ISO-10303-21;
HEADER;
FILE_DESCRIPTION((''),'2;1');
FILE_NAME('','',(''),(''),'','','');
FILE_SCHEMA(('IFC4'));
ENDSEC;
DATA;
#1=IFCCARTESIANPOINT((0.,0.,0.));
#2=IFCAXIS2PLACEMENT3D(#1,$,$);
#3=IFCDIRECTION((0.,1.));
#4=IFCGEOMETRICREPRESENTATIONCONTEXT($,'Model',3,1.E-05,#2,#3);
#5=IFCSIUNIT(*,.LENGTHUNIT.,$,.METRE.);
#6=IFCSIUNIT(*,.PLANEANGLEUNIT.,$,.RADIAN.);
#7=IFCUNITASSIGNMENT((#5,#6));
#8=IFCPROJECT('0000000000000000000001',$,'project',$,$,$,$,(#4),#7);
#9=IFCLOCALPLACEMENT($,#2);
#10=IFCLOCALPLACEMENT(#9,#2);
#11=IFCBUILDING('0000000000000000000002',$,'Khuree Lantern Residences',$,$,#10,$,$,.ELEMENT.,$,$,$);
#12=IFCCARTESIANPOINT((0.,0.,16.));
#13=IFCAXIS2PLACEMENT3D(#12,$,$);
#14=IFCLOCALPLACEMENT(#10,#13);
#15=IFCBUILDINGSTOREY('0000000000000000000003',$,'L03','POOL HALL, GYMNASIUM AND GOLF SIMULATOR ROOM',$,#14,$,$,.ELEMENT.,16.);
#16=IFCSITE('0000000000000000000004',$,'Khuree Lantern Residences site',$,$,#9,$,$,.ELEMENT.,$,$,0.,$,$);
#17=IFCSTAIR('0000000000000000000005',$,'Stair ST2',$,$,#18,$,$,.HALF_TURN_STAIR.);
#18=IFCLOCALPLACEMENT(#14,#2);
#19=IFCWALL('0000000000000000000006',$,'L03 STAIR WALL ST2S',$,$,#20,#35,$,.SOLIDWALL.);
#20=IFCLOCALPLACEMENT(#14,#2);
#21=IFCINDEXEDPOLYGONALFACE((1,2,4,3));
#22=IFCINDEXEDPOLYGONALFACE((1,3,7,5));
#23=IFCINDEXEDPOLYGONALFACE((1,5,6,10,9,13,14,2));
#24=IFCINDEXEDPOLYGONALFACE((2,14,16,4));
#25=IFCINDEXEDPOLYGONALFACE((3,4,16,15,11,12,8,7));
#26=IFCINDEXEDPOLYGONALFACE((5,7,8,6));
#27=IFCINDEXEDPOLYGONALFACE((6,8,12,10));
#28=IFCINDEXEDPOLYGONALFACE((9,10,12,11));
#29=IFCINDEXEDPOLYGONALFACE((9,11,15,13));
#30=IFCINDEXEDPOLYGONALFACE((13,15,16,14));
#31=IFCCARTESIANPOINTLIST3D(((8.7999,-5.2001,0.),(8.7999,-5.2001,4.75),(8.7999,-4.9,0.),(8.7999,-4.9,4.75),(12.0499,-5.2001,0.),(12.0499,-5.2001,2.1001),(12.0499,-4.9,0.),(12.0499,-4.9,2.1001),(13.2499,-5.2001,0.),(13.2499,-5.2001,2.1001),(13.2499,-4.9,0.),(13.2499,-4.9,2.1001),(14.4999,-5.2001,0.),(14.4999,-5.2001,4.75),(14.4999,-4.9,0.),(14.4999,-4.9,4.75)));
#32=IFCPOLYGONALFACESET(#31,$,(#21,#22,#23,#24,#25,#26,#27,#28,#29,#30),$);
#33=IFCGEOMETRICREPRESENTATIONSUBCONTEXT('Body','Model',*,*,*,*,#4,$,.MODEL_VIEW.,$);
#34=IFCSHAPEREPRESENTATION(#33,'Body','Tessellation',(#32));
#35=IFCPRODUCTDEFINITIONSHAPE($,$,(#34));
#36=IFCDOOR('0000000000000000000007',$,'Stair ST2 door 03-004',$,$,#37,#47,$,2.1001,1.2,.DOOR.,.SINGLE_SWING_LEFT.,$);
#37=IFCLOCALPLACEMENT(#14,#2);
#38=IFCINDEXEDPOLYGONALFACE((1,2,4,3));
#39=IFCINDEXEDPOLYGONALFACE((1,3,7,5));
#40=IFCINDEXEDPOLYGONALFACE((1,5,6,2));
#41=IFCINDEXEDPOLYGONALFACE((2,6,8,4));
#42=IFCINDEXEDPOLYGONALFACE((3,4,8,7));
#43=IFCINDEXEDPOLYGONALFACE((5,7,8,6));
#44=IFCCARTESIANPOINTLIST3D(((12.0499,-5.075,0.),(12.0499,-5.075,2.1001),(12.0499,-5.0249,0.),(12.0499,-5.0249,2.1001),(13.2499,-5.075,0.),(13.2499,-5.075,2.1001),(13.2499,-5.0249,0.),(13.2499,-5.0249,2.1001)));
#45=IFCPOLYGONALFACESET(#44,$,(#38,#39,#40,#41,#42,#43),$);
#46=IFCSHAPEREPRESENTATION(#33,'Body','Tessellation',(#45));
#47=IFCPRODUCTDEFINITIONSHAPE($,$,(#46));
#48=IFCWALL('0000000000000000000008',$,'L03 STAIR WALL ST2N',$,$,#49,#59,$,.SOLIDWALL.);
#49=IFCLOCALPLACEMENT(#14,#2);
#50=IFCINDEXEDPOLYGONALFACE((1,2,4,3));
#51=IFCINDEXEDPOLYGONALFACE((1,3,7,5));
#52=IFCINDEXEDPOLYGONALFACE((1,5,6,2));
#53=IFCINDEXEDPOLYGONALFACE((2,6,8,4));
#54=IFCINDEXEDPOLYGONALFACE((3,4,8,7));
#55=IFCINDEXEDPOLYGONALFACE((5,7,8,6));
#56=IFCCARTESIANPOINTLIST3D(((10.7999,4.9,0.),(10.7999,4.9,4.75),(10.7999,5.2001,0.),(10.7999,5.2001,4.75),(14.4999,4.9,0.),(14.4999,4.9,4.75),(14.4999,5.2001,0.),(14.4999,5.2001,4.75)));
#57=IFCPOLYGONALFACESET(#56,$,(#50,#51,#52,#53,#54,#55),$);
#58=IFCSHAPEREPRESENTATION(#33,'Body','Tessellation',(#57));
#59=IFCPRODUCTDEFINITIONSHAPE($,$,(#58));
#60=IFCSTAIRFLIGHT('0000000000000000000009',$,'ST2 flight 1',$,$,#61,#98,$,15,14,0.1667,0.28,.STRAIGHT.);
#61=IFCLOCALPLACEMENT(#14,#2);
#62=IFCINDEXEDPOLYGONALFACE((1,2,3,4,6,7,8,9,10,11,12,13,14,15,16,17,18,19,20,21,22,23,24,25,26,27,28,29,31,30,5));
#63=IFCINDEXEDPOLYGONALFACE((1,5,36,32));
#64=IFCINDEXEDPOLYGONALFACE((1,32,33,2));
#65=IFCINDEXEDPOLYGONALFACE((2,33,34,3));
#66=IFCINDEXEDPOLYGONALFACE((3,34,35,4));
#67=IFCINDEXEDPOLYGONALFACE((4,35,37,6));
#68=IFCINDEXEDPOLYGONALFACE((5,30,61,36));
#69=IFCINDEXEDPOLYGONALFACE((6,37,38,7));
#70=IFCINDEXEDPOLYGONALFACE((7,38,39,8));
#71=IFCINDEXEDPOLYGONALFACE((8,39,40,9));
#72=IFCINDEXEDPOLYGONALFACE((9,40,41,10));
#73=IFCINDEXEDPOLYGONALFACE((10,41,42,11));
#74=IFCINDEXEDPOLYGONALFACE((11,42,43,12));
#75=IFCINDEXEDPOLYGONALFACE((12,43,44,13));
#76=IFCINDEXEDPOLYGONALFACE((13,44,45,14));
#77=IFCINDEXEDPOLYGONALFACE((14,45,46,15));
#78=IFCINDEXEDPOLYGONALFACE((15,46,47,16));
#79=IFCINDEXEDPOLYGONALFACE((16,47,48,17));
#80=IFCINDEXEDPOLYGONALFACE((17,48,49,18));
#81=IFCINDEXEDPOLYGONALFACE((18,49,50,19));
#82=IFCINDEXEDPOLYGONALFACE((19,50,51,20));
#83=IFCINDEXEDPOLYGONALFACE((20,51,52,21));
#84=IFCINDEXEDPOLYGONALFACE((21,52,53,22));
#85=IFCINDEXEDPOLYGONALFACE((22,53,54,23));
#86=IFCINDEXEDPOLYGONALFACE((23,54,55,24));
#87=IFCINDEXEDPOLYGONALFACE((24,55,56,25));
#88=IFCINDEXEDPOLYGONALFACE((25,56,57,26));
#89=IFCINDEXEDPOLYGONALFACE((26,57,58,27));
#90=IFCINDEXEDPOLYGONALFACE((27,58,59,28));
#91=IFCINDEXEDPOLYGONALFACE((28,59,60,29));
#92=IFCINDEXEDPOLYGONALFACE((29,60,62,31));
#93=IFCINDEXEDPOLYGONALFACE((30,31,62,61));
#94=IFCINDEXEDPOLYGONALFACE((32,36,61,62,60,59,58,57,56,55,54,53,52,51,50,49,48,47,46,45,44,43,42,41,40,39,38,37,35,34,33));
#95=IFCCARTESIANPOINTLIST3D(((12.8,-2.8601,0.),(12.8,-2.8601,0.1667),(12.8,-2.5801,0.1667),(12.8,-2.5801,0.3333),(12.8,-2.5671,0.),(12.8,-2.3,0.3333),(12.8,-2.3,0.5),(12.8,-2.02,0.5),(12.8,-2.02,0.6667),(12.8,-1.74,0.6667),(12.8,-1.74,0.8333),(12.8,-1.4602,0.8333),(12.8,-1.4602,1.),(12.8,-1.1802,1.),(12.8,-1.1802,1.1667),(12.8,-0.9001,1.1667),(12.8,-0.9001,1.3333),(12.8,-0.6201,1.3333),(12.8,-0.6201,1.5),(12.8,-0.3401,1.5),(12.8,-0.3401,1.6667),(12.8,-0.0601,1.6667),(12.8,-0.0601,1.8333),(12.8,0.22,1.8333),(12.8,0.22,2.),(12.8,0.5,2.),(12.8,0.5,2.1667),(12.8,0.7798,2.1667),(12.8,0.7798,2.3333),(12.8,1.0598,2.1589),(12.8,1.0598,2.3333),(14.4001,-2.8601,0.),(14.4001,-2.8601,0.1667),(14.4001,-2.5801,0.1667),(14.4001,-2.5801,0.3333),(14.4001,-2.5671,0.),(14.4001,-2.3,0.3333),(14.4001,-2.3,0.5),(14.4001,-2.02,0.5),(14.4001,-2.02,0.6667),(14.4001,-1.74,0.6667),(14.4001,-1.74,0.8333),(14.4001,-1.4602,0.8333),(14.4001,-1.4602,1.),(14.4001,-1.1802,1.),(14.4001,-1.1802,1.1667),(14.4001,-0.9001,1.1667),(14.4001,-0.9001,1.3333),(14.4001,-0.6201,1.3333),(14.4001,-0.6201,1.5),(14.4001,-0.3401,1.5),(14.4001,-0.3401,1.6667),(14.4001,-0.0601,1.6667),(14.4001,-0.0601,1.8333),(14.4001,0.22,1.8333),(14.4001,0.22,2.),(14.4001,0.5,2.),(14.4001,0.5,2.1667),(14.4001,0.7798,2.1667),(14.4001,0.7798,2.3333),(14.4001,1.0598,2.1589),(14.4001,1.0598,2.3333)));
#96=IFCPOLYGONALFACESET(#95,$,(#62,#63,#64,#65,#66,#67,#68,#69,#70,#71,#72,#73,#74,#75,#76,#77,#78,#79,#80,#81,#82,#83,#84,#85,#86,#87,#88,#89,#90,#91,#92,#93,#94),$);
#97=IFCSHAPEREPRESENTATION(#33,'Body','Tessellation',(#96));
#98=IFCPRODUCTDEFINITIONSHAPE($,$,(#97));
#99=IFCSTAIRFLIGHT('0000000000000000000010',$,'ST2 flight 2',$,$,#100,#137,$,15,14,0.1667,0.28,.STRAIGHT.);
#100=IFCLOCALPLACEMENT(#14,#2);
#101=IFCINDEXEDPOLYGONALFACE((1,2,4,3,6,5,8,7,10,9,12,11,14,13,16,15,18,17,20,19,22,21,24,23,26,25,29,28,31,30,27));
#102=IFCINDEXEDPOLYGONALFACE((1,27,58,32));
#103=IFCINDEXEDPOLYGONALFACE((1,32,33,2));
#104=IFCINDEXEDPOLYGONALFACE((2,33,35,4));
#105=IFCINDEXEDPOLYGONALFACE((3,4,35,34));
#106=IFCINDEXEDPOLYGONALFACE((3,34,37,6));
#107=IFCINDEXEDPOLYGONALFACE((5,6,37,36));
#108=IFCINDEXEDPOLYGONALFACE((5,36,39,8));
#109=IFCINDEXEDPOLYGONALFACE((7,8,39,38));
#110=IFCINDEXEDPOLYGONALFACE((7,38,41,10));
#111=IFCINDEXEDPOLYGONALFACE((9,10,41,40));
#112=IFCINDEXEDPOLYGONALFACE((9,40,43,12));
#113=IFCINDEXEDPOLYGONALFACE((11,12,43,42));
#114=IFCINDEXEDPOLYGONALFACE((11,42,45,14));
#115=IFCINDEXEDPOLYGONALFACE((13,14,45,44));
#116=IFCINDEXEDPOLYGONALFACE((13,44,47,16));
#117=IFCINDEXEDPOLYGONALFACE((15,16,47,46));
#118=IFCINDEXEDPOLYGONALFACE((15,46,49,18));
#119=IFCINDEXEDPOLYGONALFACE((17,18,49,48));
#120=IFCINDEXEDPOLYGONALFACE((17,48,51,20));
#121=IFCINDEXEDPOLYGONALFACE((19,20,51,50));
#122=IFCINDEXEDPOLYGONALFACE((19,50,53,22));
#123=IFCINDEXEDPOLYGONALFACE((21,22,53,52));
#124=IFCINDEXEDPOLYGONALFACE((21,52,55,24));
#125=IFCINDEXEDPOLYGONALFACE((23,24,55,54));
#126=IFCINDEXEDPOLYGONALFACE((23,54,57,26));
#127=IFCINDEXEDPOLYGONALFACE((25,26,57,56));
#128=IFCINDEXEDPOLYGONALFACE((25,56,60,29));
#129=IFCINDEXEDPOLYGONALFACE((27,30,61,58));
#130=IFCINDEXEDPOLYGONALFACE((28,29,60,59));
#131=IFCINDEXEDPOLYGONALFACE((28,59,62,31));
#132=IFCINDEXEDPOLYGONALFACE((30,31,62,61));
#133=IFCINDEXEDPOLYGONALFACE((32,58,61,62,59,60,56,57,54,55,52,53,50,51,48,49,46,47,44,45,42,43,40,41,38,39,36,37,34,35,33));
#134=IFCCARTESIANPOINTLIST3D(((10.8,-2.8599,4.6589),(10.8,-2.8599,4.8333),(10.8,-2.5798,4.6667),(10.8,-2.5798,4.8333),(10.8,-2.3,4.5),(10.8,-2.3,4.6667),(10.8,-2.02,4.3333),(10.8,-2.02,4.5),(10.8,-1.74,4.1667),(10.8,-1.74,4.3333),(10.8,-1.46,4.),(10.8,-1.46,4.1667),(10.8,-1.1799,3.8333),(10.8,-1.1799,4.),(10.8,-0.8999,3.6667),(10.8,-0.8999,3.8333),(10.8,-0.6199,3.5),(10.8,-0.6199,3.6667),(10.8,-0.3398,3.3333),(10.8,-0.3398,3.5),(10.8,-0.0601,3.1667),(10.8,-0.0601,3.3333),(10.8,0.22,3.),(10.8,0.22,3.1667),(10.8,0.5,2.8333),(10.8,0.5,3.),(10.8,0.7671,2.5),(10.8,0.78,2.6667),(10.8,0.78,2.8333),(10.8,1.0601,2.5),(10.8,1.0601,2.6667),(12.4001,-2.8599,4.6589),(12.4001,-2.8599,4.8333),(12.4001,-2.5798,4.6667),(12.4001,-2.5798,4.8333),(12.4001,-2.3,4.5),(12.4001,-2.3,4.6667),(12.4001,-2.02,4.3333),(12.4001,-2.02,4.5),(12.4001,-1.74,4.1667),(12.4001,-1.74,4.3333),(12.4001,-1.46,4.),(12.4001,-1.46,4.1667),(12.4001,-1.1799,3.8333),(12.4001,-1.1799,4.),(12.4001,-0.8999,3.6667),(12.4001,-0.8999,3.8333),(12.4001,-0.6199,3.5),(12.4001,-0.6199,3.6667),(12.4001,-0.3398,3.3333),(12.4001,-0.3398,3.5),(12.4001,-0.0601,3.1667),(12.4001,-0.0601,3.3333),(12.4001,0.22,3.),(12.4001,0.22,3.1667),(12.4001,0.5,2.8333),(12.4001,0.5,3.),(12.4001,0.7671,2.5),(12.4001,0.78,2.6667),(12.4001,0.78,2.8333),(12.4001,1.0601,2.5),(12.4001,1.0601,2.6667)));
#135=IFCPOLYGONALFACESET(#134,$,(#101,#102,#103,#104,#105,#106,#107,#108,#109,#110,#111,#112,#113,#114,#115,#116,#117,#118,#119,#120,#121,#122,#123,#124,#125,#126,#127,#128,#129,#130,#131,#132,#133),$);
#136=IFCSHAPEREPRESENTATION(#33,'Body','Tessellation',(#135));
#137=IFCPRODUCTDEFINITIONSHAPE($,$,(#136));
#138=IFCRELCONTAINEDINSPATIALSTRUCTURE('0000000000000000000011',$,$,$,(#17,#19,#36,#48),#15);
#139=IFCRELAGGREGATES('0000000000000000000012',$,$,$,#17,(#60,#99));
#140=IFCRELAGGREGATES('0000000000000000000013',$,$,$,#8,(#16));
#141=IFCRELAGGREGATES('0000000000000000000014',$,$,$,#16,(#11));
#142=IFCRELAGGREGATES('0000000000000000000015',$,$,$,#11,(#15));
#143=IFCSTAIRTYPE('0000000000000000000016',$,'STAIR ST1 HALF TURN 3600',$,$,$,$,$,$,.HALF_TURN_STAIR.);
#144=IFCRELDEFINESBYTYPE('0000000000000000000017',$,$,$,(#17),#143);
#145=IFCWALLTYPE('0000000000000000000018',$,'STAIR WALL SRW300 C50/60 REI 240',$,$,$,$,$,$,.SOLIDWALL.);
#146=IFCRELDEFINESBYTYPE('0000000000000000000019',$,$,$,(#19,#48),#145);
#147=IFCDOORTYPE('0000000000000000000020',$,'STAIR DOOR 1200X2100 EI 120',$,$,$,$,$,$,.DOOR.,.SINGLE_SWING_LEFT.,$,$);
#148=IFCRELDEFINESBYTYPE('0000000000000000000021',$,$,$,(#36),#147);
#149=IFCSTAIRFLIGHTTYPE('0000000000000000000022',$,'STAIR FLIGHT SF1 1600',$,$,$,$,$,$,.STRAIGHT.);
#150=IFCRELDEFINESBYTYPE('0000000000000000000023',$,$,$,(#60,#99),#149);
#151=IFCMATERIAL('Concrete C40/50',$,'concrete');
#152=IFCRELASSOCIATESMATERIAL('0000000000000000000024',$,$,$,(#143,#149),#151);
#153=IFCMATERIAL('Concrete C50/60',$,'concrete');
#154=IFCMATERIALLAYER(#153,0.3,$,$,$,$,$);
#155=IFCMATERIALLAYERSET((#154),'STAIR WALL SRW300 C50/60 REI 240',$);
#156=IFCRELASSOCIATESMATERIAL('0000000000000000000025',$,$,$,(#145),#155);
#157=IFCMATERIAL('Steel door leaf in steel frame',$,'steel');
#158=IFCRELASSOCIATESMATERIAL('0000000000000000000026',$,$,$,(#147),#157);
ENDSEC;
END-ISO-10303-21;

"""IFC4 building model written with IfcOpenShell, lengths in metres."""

from ifc_helpers import new_model, si_unit, direction, frame, frame_2d, origin, place, context, subcontext, project, spatial, polyline, rectangle, outline, extrude, material, layer, layer_set, type_object, element, fill, aggregate, save


model = new_model("IFC4")

# Units and contexts
model_context = context("Model", 3, precision=1e-05, world=origin(), true_north=direction((0.0, 1.0)))
body_context = subcontext(model_context, "Body", "Model", "MODEL_VIEW")
ifc_project = project(units=[si_unit("LENGTHUNIT", "METRE"), si_unit("PLANEANGLEUNIT", "RADIAN")], contexts=[model_context])

# Site, building, storey
site_placement = place(None, origin())
site = spatial("IfcSite", under=ifc_project, at=site_placement, Name="Khuree Lantern Residences site", CompositionType="ELEMENT", RefElevation=0.0)
building_placement = place(site_placement, origin())
building = spatial("IfcBuilding", under=site, at=building_placement, Name="Khuree Lantern Residences", CompositionType="ELEMENT")
storey_placement = place(building_placement, frame((0.0, 0.0, 16.0)))
storey = spatial("IfcBuildingStorey", under=building, at=storey_placement, Name="L03", Description="POOL HALL, GYMNASIUM AND GOLF SIMULATOR ROOM", CompositionType="ELEMENT", Elevation=16.0)

# Stair
ifc_material_1 = material(Name="Concrete C40/50", Category="concrete")
stair_type = type_object("IfcStairType", Name="STAIR ST1 HALF TURN 3600", PredefinedType="HALF_TURN_STAIR", material=ifc_material_1)
stair_1_placement = place(storey_placement, origin())
stair_1 = element("IfcStair", 1, at=stair_1_placement, inside=storey, type_object=stair_type, Name="Stair ST2", PredefinedType="HALF_TURN_STAIR")

# Shared definitions
ifc_material_2 = material(Name="Concrete C50/60", Category="concrete")
ifc_layer_1 = layer(ifc_material_2, 0.3)
ifc_layer_set_1 = layer_set([ifc_layer_1], Name="STAIR WALL SRW300 C50/60 REI 240")
wall_type_1 = type_object("IfcWallType", Name="STAIR WALL SRW300 C50/60 REI 240", PredefinedType="SOLIDWALL", material=ifc_layer_set_1)

# Wall, opening, door
wall_1_placement = place(storey_placement, frame((14.5, -5.05, 0.0), z_axis=(0.0, 0.0, 1.0), x_axis=(-1.0, 0.0, 0.0)))
wall_1 = element("IfcWall", 2, at=wall_1_placement, inside=storey, type_object=wall_type_1, Name="L03 STAIR WALL ST2S", PredefinedType="SOLIDWALL", context=body_context, shape_type="SweptSolid", body=[
    extrude(rectangle(XDim=5.7, YDim=0.3, at=frame_2d((2.8501, 0.0))), origin(), (0.0, 0.0, 1.0), 4.75),
])
opening_1_placement = place(wall_1_placement, frame((1.25, 0.0, 0.0)))
opening_1 = element("IfcOpeningElement", 3, at=opening_1_placement, cuts=wall_1, PredefinedType="OPENING", context=body_context, shape_type="SweptSolid", body=[
    extrude(rectangle(XDim=1.2, YDim=2.1001, at=frame_2d((0.6001, 1.05))), frame((0.0, 0.1602, 0.0), z_axis=(0.0, -1.0, 0.0), x_axis=(1.0, 0.0, 0.0)), (0.0, 0.0, 1.0), 0.3201),
])
ifc_material_3 = material(Name="Steel door leaf in steel frame", Category="steel")
door_type_1 = type_object("IfcDoorType", Name="STAIR DOOR 1200X2100 EI 120", OperationType="SINGLE_SWING_LEFT", PredefinedType="DOOR", material=ifc_material_3)
door_1_placement = place(opening_1_placement, origin())
door_1 = element("IfcDoor", 4, at=door_1_placement, inside=storey, type_object=door_type_1, Name="Stair ST2 door 03-004", OperationType="SINGLE_SWING_LEFT", OverallHeight=2.1001, OverallWidth=1.2, PredefinedType="DOOR", context=body_context, shape_type="SweptSolid", body=[
    extrude(rectangle(XDim=1.2, YDim=2.1001, at=frame_2d((0.6001, 1.05))), frame((0.0, 0.0249, 0.0), z_axis=(0.0, -1.0, 0.0), x_axis=(1.0, 0.0, 0.0)), (0.0, 0.0, 1.0), 0.05),
])
fill(opening_1, door_1)

# Wall
wall_2_placement = place(storey_placement, frame((14.5, 5.05, 0.0), z_axis=(0.0, 0.0, 1.0), x_axis=(-1.0, 0.0, 0.0)))
element("IfcWall", 5, at=wall_2_placement, inside=storey, type_object=wall_type_1, Name="L03 STAIR WALL ST2N", PredefinedType="SOLIDWALL", context=body_context, shape_type="SweptSolid", body=[
    extrude(rectangle(XDim=3.7, YDim=0.3, at=frame_2d((1.8501, 0.0))), origin(), (0.0, 0.0, 1.0), 4.75),
])

# Stair flights
stair_flight_type = type_object("IfcStairFlightType", Name="STAIR FLIGHT SF1 1600", PredefinedType="STRAIGHT", material=ifc_material_1)
stair_flight_1_placement = place(storey_placement, frame((13.6001, -2.8601, 0.0), z_axis=(0.0, 0.0, 1.0), x_axis=(0.0, 1.0, 0.0)))
stair_flight_1 = element("IfcStairFlight", 6, at=stair_flight_1_placement, type_object=stair_flight_type, Name="ST2 flight 1", NumberOfRisers=15, NumberOfTreads=14, PredefinedType="STRAIGHT", RiserHeight=0.1667, TreadLength=0.28, context=body_context, shape_type="SweptSolid", body=[
    extrude(outline(polyline([(0.0, 0.0), (0.0, 0.1667), (0.28, 0.1667), (0.28, 0.3333), (0.5601, 0.3333), (0.5601, 0.5), (0.8401, 0.5), (0.8401, 0.6667), (1.1201, 0.6667), (1.1201, 0.8333), (1.3999, 0.8333), (1.3999, 1.0), (1.6799, 1.0), (1.6799, 1.1667), (1.96, 1.1667), (1.96, 1.3333), (2.24, 1.3333), (2.24, 1.5), (2.52, 1.5), (2.52, 1.6667), (2.8, 1.6667), (2.8, 1.8333), (3.0801, 1.8333), (3.0801, 2.0), (3.3601, 2.0), (3.3601, 2.1667), (3.6399, 2.1667), (3.6399, 2.3333), (3.9199, 2.3333), (3.9199, 2.5), (3.9199, 2.1589), (0.293, 0.0), (0.0, 0.0)])), frame((0.0, 0.8, 0.0), z_axis=(0.0, -1.0, 0.0), x_axis=(1.0, 0.0, 0.0)), (0.0, 0.0, 1.0), 1.6001),
])
stair_flight_2_placement = place(storey_placement, frame((11.6001, 1.0601, 2.5), z_axis=(0.0, 0.0, 1.0), x_axis=(0.0, -1.0, 0.0)))
stair_flight_2 = element("IfcStairFlight", 7, at=stair_flight_2_placement, type_object=stair_flight_type, Name="ST2 flight 2", NumberOfRisers=15, NumberOfTreads=14, PredefinedType="STRAIGHT", RiserHeight=0.1667, TreadLength=0.28, context=body_context, shape_type="SweptSolid", body=[
    extrude(outline(polyline([(0.0, 0.0), (0.0, 0.1667), (0.28, 0.1667), (0.28, 0.3333), (0.5601, 0.3333), (0.5601, 0.5), (0.8401, 0.5), (0.8401, 0.6667), (1.1201, 0.6667), (1.1201, 0.8333), (1.3999, 0.8333), (1.3999, 1.0), (1.6799, 1.0), (1.6799, 1.1667), (1.96, 1.1667), (1.96, 1.3333), (2.24, 1.3333), (2.24, 1.5), (2.52, 1.5), (2.52, 1.6667), (2.8, 1.6667), (2.8, 1.8333), (3.0801, 1.8333), (3.0801, 2.0), (3.3601, 2.0), (3.3601, 2.1667), (3.6399, 2.1667), (3.6399, 2.3333), (3.9199, 2.3333), (3.9199, 2.5), (3.9199, 2.1589), (0.293, 0.0), (0.0, 0.0)])), frame((0.0, 0.8, 0.0), z_axis=(0.0, -1.0, 0.0), x_axis=(1.0, 0.0, 0.0)), (0.0, 0.0, 1.0), 1.6001),
])
aggregate(stair_1, [stair_flight_1, stair_flight_2])

save(model, "model.ifc")
